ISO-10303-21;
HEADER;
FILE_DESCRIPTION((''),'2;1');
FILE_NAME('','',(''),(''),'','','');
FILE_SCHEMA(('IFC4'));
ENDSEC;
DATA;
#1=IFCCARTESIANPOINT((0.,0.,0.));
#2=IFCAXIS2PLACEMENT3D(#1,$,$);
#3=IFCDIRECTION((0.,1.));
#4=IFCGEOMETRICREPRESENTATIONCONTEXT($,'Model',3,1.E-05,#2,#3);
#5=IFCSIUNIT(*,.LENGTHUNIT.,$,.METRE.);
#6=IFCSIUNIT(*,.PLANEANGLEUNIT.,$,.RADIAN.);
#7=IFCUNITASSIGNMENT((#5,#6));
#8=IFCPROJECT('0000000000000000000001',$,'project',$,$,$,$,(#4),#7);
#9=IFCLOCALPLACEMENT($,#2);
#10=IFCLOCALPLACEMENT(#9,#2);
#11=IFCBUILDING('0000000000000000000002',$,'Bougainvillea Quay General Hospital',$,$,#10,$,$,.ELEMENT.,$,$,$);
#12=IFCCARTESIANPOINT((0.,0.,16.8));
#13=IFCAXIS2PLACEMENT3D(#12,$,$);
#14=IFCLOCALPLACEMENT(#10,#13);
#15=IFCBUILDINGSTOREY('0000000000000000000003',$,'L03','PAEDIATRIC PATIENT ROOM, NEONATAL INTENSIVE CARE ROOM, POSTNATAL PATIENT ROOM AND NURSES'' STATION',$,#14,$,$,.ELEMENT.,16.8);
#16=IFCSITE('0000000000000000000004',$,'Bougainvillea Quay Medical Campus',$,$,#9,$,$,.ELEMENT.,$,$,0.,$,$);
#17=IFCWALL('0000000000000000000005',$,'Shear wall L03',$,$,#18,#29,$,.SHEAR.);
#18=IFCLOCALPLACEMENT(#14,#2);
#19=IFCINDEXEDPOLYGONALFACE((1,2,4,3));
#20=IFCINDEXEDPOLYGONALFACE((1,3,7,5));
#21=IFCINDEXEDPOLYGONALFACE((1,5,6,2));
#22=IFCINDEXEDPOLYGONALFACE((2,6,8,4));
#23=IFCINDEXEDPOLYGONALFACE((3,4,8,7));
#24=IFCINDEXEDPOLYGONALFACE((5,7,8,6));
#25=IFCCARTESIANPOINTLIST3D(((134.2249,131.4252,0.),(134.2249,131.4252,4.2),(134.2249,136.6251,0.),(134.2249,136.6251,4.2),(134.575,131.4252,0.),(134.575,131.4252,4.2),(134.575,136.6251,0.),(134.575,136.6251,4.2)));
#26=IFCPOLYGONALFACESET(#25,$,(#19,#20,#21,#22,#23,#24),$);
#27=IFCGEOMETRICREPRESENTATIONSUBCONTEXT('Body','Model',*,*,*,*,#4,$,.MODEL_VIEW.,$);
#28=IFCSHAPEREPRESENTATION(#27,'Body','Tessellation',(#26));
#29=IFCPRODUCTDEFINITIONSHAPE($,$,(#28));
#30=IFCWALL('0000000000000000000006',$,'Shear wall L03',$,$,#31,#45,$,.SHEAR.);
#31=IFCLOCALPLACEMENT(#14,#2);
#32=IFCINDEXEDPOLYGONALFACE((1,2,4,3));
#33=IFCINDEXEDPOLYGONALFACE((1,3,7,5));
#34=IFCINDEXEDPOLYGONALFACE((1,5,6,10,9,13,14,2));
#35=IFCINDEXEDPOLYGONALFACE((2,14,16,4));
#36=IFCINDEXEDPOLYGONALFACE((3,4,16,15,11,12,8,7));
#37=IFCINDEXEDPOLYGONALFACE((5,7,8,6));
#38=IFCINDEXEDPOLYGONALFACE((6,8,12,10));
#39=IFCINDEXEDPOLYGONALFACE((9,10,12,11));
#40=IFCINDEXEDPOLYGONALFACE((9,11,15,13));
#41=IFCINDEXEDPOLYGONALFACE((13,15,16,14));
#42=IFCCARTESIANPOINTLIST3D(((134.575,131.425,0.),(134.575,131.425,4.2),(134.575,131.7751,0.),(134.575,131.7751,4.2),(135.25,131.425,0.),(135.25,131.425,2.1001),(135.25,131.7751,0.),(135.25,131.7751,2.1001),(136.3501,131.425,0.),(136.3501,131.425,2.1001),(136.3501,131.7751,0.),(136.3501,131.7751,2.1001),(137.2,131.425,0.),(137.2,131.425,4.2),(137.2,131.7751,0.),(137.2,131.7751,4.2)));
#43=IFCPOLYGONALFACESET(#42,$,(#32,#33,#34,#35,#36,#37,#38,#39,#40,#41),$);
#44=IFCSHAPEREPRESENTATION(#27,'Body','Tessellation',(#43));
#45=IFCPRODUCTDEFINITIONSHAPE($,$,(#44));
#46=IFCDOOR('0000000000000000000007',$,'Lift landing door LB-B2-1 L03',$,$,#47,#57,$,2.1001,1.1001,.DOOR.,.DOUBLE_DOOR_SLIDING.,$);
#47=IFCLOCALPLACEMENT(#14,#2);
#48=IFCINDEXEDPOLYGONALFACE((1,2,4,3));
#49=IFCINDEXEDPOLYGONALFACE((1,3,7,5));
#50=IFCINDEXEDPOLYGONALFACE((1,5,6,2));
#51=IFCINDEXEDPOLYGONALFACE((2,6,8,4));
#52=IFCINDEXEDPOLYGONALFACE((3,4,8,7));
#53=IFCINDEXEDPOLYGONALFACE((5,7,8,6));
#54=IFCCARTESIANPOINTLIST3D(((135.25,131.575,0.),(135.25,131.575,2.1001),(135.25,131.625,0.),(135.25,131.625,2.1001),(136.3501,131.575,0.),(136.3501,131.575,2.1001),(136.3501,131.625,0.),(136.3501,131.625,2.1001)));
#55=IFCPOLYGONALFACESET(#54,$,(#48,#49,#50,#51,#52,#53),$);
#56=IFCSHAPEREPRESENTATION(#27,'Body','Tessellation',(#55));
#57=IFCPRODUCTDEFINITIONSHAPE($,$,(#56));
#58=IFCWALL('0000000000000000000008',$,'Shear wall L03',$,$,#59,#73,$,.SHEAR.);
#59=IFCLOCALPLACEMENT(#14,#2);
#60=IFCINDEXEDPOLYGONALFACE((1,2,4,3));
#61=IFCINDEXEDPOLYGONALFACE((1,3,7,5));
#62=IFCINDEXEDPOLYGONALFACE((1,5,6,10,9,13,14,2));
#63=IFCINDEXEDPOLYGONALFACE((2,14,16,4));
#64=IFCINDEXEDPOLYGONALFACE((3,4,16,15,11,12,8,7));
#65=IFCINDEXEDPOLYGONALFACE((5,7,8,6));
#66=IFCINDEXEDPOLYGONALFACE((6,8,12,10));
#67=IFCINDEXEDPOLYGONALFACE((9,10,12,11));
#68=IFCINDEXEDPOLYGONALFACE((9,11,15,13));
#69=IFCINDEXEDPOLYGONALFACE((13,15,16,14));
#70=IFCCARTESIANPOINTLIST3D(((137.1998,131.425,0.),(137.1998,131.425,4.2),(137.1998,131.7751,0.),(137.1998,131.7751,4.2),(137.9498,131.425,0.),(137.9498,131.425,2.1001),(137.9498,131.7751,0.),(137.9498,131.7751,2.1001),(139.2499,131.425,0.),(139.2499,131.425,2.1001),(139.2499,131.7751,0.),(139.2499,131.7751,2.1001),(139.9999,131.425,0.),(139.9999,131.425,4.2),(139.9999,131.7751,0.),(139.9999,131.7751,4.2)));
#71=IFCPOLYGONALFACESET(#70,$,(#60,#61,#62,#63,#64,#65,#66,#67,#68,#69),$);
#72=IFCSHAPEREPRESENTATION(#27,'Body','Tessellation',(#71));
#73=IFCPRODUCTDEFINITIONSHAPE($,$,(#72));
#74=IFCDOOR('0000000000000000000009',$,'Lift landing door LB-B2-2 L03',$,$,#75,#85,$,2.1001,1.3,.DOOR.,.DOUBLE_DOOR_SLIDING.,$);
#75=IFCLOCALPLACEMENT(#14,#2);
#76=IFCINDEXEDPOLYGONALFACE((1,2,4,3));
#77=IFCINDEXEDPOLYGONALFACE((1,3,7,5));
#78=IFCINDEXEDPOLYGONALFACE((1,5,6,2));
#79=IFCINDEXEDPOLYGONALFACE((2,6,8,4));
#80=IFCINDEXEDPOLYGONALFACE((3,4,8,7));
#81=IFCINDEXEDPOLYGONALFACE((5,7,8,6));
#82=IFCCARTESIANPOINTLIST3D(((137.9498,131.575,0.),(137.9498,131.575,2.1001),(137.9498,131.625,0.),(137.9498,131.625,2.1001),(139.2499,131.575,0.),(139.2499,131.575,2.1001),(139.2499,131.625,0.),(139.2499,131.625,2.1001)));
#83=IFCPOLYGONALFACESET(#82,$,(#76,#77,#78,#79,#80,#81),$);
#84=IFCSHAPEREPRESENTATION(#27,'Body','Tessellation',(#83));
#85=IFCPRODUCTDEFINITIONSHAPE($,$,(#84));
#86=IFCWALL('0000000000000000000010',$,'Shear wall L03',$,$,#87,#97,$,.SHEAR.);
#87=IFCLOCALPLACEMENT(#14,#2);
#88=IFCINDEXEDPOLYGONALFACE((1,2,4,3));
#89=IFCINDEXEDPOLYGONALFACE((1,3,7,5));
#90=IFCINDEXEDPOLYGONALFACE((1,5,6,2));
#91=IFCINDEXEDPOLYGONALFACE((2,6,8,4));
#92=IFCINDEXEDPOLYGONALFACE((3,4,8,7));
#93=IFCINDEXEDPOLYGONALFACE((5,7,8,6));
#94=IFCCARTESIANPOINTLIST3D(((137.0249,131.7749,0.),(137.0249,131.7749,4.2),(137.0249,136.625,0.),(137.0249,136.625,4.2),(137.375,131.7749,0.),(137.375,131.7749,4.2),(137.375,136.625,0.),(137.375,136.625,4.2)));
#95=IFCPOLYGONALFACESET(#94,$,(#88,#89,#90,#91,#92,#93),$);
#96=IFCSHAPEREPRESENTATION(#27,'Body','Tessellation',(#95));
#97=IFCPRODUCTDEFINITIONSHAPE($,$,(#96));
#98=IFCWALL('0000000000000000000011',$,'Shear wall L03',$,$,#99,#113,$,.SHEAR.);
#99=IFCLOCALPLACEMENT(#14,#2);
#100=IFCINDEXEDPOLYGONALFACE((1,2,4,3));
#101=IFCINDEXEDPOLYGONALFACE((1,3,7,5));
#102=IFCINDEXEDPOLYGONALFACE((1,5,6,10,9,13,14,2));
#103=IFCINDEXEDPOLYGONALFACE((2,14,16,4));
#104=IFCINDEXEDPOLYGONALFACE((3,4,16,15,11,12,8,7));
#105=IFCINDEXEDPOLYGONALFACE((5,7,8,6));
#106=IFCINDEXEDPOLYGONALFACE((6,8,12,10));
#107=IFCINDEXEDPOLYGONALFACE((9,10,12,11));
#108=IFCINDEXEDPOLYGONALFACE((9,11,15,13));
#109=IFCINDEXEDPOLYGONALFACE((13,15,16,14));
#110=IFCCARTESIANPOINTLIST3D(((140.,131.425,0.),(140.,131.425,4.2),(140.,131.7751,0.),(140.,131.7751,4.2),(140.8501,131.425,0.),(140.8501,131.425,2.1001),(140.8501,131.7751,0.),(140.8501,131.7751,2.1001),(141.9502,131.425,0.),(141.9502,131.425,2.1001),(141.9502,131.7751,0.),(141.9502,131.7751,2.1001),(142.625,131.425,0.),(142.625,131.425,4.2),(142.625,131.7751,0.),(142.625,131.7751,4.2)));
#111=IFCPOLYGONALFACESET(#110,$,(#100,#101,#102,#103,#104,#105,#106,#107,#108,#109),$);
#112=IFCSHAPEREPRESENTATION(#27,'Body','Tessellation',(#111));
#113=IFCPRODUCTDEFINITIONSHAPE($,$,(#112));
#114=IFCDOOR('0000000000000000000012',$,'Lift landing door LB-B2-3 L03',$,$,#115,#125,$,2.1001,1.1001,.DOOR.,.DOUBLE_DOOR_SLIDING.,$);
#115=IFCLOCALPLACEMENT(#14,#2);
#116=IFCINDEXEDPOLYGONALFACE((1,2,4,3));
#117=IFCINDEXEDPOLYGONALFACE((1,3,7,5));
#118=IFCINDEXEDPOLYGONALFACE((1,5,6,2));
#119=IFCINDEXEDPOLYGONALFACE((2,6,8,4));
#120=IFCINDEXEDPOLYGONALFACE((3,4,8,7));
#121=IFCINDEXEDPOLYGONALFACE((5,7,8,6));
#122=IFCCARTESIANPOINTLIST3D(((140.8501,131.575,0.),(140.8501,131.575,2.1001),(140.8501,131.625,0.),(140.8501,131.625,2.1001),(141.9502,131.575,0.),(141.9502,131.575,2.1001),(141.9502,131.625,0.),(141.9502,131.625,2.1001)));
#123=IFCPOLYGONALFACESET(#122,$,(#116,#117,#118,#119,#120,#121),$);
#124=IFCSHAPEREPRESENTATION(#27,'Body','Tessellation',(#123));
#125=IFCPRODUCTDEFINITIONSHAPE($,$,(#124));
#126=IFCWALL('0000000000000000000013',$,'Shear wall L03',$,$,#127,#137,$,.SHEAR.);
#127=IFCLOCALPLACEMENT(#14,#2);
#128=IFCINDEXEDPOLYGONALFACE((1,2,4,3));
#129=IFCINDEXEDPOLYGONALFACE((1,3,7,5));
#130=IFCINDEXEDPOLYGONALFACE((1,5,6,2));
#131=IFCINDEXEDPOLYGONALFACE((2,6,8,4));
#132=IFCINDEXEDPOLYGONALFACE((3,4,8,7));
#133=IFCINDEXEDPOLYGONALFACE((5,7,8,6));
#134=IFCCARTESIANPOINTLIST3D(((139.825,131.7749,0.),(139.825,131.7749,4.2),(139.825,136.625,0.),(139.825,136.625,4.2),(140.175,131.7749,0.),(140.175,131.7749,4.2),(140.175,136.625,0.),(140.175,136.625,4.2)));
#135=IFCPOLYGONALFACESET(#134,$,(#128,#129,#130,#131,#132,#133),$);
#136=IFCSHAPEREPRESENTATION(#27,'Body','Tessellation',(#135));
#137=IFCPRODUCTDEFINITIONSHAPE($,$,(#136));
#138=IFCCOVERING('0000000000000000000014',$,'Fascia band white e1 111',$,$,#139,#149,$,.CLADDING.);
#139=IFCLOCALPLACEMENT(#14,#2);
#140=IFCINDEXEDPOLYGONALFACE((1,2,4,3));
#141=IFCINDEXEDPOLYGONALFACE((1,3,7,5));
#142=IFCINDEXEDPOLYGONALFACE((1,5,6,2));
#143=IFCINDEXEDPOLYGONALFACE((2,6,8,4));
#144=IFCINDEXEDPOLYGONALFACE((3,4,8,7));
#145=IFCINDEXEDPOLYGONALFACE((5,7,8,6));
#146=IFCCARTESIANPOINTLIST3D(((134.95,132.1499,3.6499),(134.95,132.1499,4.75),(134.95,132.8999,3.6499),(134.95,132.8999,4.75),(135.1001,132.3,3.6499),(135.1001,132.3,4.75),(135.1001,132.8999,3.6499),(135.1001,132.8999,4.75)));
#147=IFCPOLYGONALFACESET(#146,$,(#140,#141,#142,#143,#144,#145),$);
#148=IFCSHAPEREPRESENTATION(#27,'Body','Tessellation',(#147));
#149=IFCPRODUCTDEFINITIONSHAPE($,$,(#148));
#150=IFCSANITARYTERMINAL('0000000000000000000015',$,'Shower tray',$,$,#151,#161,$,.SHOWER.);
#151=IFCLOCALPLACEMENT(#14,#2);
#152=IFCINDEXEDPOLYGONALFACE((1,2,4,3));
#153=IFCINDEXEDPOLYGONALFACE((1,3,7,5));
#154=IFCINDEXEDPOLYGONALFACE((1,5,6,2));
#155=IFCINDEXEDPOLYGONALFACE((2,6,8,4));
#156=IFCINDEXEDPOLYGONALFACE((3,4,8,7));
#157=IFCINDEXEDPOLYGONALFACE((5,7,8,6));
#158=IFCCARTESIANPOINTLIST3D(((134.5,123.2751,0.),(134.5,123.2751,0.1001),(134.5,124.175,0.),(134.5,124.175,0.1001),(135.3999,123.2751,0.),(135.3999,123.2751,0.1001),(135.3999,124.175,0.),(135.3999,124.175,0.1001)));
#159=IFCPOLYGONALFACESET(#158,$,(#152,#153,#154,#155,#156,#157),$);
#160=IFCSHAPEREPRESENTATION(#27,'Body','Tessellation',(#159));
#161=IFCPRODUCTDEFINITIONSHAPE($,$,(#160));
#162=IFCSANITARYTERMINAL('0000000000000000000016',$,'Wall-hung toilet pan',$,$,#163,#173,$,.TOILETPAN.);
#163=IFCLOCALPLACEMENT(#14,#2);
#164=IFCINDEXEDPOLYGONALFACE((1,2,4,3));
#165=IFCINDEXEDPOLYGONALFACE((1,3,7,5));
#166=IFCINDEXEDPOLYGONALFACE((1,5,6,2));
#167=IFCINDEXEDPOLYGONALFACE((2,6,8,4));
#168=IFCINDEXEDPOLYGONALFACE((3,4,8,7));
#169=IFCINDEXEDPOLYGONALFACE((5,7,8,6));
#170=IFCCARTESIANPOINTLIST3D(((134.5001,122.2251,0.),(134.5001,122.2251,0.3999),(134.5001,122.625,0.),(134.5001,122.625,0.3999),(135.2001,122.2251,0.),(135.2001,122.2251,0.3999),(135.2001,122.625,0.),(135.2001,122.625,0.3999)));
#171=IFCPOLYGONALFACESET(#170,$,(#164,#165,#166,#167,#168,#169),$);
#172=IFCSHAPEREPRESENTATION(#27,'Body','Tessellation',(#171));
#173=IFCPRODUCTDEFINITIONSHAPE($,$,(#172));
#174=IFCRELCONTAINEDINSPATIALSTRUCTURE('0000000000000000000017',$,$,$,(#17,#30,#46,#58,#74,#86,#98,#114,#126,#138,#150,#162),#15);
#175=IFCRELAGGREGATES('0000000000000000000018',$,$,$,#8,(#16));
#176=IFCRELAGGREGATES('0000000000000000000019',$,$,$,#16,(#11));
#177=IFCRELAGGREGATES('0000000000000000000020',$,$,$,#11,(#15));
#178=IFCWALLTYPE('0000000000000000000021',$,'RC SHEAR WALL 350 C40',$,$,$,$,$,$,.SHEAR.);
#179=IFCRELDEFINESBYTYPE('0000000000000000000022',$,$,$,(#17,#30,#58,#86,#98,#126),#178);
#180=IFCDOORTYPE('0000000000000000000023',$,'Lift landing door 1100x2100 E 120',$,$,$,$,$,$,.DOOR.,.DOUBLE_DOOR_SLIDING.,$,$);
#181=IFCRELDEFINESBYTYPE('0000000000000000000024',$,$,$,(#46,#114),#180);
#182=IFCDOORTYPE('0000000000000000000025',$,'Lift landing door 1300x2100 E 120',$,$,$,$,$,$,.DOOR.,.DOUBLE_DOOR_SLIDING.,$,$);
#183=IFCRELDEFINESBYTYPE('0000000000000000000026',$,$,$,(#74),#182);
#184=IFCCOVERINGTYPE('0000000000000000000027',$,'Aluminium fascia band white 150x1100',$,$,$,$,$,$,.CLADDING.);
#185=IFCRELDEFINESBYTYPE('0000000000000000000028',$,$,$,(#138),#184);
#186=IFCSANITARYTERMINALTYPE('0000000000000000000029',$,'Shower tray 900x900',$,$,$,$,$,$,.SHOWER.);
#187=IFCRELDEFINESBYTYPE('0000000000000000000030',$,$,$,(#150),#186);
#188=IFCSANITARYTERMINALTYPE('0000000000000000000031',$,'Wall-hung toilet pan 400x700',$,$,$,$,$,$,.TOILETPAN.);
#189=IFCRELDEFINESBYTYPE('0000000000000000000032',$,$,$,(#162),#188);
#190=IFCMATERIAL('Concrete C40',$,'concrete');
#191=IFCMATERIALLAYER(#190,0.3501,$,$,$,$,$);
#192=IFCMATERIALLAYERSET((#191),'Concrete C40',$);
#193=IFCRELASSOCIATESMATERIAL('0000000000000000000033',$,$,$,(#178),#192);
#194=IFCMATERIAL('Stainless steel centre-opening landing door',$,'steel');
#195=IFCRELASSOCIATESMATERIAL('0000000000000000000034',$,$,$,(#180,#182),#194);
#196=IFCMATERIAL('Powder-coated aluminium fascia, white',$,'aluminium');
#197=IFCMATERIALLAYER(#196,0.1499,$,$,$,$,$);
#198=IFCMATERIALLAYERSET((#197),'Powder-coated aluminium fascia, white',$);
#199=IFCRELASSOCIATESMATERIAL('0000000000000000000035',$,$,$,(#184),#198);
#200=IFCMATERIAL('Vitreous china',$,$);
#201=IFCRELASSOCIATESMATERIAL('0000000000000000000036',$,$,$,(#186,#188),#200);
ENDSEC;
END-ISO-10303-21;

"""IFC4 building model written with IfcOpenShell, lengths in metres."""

from ifc_helpers import new_model, si_unit, direction, frame, frame_2d, origin, origin_2d, place, context, subcontext, project, spatial, polyline, rectangle, outline, extrude, material, layer, layer_set, type_object, element, fill, save


model = new_model("IFC4")

# Units and contexts
model_context = context("Model", 3, precision=1e-05, world=origin(), true_north=direction((0.0, 1.0)))
body_context = subcontext(model_context, "Body", "Model", "MODEL_VIEW")
ifc_project = project(units=[si_unit("LENGTHUNIT", "METRE"), si_unit("PLANEANGLEUNIT", "RADIAN")], contexts=[model_context])

# Site, building, storey
site_placement = place(None, origin())
site = spatial("IfcSite", under=ifc_project, at=site_placement, Name="Bougainvillea Quay Medical Campus", CompositionType="ELEMENT", RefElevation=0.0)
building_placement = place(site_placement, origin())
building = spatial("IfcBuilding", under=site, at=building_placement, Name="Bougainvillea Quay General Hospital", CompositionType="ELEMENT")
storey_placement = place(building_placement, frame((0.0, 0.0, 16.8)))
storey = spatial("IfcBuildingStorey", under=building, at=storey_placement, Name="L03", Description="PAEDIATRIC PATIENT ROOM, NEONATAL INTENSIVE CARE ROOM, POSTNATAL PATIENT ROOM AND NURSES' STATION", CompositionType="ELEMENT", Elevation=16.8)

# Shared definitions
ifc_material_1 = material(Name="Concrete C40", Category="concrete")

# Wall
ifc_layer_1 = layer(ifc_material_1, 0.3501)
ifc_layer_set_1 = layer_set([ifc_layer_1], Name="Concrete C40")
wall_type_1 = type_object("IfcWallType", Name="RC SHEAR WALL 350 C40", PredefinedType="SHEAR", material=ifc_layer_set_1)
wall_1_placement = place(storey_placement, frame((134.3999, 131.425, 0.0), z_axis=(0.0, 0.0, 1.0), x_axis=(0.0, 1.0, 0.0)))
element("IfcWall", 1, at=wall_1_placement, inside=storey, type_object=wall_type_1, Name="Shear wall L03", PredefinedType="SHEAR", context=body_context, shape_type="SweptSolid", body=[
    extrude(rectangle(XDim=5.2, YDim=0.3501, at=frame_2d((2.6001, 0.0))), origin(), (0.0, 0.0, 1.0), 4.2),
])

# Walls, openings, doors
wall_2_placement = place(storey_placement, frame((134.575, 131.6001, 0.0), z_axis=(0.0, 0.0, 1.0), x_axis=(1.0, 0.0, 0.0)))
wall_2 = element("IfcWall", 2, at=wall_2_placement, inside=storey, type_object=wall_type_1, Name="Shear wall L03", PredefinedType="SHEAR", context=body_context, shape_type="SweptSolid", body=[
    extrude(rectangle(XDim=2.625, YDim=0.3501, at=frame_2d((1.3125, 0.0))), origin(), (0.0, 0.0, 1.0), 4.2),
])
opening_1_placement = place(wall_2_placement, frame((0.675, 0.0, 0.0)))
opening_1 = element("IfcOpeningElement", 3, at=opening_1_placement, cuts=wall_2, PredefinedType="OPENING", context=body_context, shape_type="SweptSolid", body=[
    extrude(rectangle(XDim=1.1001, YDim=2.1001, at=frame_2d((0.55, 1.05))), frame((0.0, 0.1851, 0.0), z_axis=(0.0, -1.0, 0.0), x_axis=(1.0, 0.0, 0.0)), (0.0, 0.0, 1.0), 0.3701),
])
ifc_material_2 = material(Name="Stainless steel centre-opening landing door", Category="steel")
door_type_1 = type_object("IfcDoorType", Name="Lift landing door 1100x2100 E 120", OperationType="DOUBLE_DOOR_SLIDING", PredefinedType="DOOR", material=ifc_material_2)
door_1_placement = place(opening_1_placement, origin())
door_1 = element("IfcDoor", 4, at=door_1_placement, inside=storey, type_object=door_type_1, Name="Lift landing door LB-B2-1 L03", OperationType="DOUBLE_DOOR_SLIDING", OverallHeight=2.1001, OverallWidth=1.1001, PredefinedType="DOOR", context=body_context, shape_type="SweptSolid", body=[
    extrude(rectangle(XDim=1.1001, YDim=2.1001, at=frame_2d((0.55, 1.05))), frame((0.0, 0.0249, 0.0), z_axis=(0.0, -1.0, 0.0), x_axis=(1.0, 0.0, 0.0)), (0.0, 0.0, 1.0), 0.05),
])
fill(opening_1, door_1)
wall_3_placement = place(storey_placement, frame((137.2, 131.6001, 0.0), z_axis=(0.0, 0.0, 1.0), x_axis=(1.0, 0.0, 0.0)))
wall_3 = element("IfcWall", 5, at=wall_3_placement, inside=storey, type_object=wall_type_1, Name="Shear wall L03", PredefinedType="SHEAR", context=body_context, shape_type="SweptSolid", body=[
    extrude(rectangle(XDim=2.8, YDim=0.3501, at=frame_2d((1.3999, 0.0))), origin(), (0.0, 0.0, 1.0), 4.2),
])
opening_2_placement = place(wall_3_placement, frame((0.75, 0.0, 0.0)))
opening_2 = element("IfcOpeningElement", 6, at=opening_2_placement, cuts=wall_3, PredefinedType="OPENING", context=body_context, shape_type="SweptSolid", body=[
    extrude(rectangle(XDim=1.3, YDim=2.1001, at=frame_2d((0.6499, 1.05))), frame((0.0, 0.1851, 0.0), z_axis=(0.0, -1.0, 0.0), x_axis=(1.0, 0.0, 0.0)), (0.0, 0.0, 1.0), 0.3701),
])
door_type_2 = type_object("IfcDoorType", Name="Lift landing door 1300x2100 E 120", OperationType="DOUBLE_DOOR_SLIDING", PredefinedType="DOOR", material=ifc_material_2)
door_2_placement = place(opening_2_placement, origin())
door_2 = element("IfcDoor", 7, at=door_2_placement, inside=storey, type_object=door_type_2, Name="Lift landing door LB-B2-2 L03", OperationType="DOUBLE_DOOR_SLIDING", OverallHeight=2.1001, OverallWidth=1.3, PredefinedType="DOOR", context=body_context, shape_type="SweptSolid", body=[
    extrude(rectangle(XDim=1.3, YDim=2.1001, at=frame_2d((0.6499, 1.05))), frame((0.0, 0.0249, 0.0), z_axis=(0.0, -1.0, 0.0), x_axis=(1.0, 0.0, 0.0)), (0.0, 0.0, 1.0), 0.05),
])
fill(opening_2, door_2)

# Wall
wall_4_placement = place(storey_placement, frame((137.2, 131.7749, 0.0), z_axis=(0.0, 0.0, 1.0), x_axis=(0.0, 1.0, 0.0)))
element("IfcWall", 8, at=wall_4_placement, inside=storey, type_object=wall_type_1, Name="Shear wall L03", PredefinedType="SHEAR", context=body_context, shape_type="SweptSolid", body=[
    extrude(rectangle(XDim=4.8501, YDim=0.3501, at=frame_2d((2.425, 0.0))), origin(), (0.0, 0.0, 1.0), 4.2),
])

# Wall, opening, door
wall_5_placement = place(storey_placement, frame((140.0, 131.6001, 0.0), z_axis=(0.0, 0.0, 1.0), x_axis=(1.0, 0.0, 0.0)))
wall_5 = element("IfcWall", 9, at=wall_5_placement, inside=storey, type_object=wall_type_1, Name="Shear wall L03", PredefinedType="SHEAR", context=body_context, shape_type="SweptSolid", body=[
    extrude(rectangle(XDim=2.625, YDim=0.3501, at=frame_2d((1.3125, 0.0))), origin(), (0.0, 0.0, 1.0), 4.2),
])
opening_3_placement = place(wall_5_placement, frame((0.8501, 0.0, 0.0)))
opening_3 = element("IfcOpeningElement", 10, at=opening_3_placement, cuts=wall_5, PredefinedType="OPENING", context=body_context, shape_type="SweptSolid", body=[
    extrude(rectangle(XDim=1.1001, YDim=2.1001, at=frame_2d((0.55, 1.05))), frame((0.0, 0.1851, 0.0), z_axis=(0.0, -1.0, 0.0), x_axis=(1.0, 0.0, 0.0)), (0.0, 0.0, 1.0), 0.3701),
])
door_3_placement = place(opening_3_placement, origin())
door_3 = element("IfcDoor", 11, at=door_3_placement, inside=storey, type_object=door_type_1, Name="Lift landing door LB-B2-3 L03", OperationType="DOUBLE_DOOR_SLIDING", OverallHeight=2.1001, OverallWidth=1.1001, PredefinedType="DOOR", context=body_context, shape_type="SweptSolid", body=[
    extrude(rectangle(XDim=1.1001, YDim=2.1001, at=frame_2d((0.55, 1.05))), frame((0.0, 0.0249, 0.0), z_axis=(0.0, -1.0, 0.0), x_axis=(1.0, 0.0, 0.0)), (0.0, 0.0, 1.0), 0.05),
])
fill(opening_3, door_3)

# Wall
wall_6_placement = place(storey_placement, frame((140.0, 131.7749, 0.0), z_axis=(0.0, 0.0, 1.0), x_axis=(0.0, 1.0, 0.0)))
element("IfcWall", 12, at=wall_6_placement, inside=storey, type_object=wall_type_1, Name="Shear wall L03", PredefinedType="SHEAR", context=body_context, shape_type="SweptSolid", body=[
    extrude(rectangle(XDim=4.8501, YDim=0.3501, at=frame_2d((2.425, 0.0))), origin(), (0.0, 0.0, 1.0), 4.2),
])

# Covering
ifc_material_3 = material(Name="Powder-coated aluminium fascia, white", Category="aluminium")
ifc_layer_2 = layer(ifc_material_3, 0.1499)
ifc_layer_set_2 = layer_set([ifc_layer_2], Name="Powder-coated aluminium fascia, white")
covering_type = type_object("IfcCoveringType", Name="Aluminium fascia band white 150x1100", PredefinedType="CLADDING", material=ifc_layer_set_2)
covering_placement = place(storey_placement, frame((134.95, 132.1499, 3.6499), z_axis=(0.0, 0.0, 1.0), x_axis=(0.0, 1.0, 0.0)))
element("IfcCovering", 13, at=covering_placement, inside=storey, type_object=covering_type, Name="Fascia band white e1 111", PredefinedType="CLADDING", context=body_context, shape_type="SweptSolid", body=[
    extrude(outline(polyline([(0.0, 0.0), (0.75, 0.0), (0.75, -0.1501), (0.1501, -0.1501), (0.0, 0.0)])), origin(), (0.0, 0.0, 1.0), 1.1001),
])

# Sanitary terminals
ifc_material_4 = material(Name="Vitreous china")
sanitary_terminal_type_1 = type_object("IfcSanitaryTerminalType", Name="Shower tray 900x900", PredefinedType="SHOWER", material=ifc_material_4)
sanitary_terminal_1_placement = place(storey_placement, frame((134.95, 123.7251, 0.0), z_axis=(0.0, 0.0, 1.0), x_axis=(0.0, 1.0, 0.0)))
element("IfcSanitaryTerminal", 14, at=sanitary_terminal_1_placement, inside=storey, type_object=sanitary_terminal_type_1, Name="Shower tray", PredefinedType="SHOWER", context=body_context, shape_type="SweptSolid", body=[
    extrude(rectangle(XDim=0.8999, YDim=0.8999, at=origin_2d()), origin(), (0.0, 0.0, 1.0), 0.1001),
])
sanitary_terminal_type_2 = type_object("IfcSanitaryTerminalType", Name="Wall-hung toilet pan 400x700", PredefinedType="TOILETPAN", material=ifc_material_4)
sanitary_terminal_2_placement = place(storey_placement, frame((134.8501, 122.425, 0.0), z_axis=(0.0, 0.0, 1.0), x_axis=(0.0, 1.0, 0.0)))
element("IfcSanitaryTerminal", 15, at=sanitary_terminal_2_placement, inside=storey, type_object=sanitary_terminal_type_2, Name="Wall-hung toilet pan", PredefinedType="TOILETPAN", context=body_context, shape_type="SweptSolid", body=[
    extrude(rectangle(XDim=0.3999, YDim=0.7, at=origin_2d()), origin(), (0.0, 0.0, 1.0), 0.3999),
])

save(model, "model.ifc")
